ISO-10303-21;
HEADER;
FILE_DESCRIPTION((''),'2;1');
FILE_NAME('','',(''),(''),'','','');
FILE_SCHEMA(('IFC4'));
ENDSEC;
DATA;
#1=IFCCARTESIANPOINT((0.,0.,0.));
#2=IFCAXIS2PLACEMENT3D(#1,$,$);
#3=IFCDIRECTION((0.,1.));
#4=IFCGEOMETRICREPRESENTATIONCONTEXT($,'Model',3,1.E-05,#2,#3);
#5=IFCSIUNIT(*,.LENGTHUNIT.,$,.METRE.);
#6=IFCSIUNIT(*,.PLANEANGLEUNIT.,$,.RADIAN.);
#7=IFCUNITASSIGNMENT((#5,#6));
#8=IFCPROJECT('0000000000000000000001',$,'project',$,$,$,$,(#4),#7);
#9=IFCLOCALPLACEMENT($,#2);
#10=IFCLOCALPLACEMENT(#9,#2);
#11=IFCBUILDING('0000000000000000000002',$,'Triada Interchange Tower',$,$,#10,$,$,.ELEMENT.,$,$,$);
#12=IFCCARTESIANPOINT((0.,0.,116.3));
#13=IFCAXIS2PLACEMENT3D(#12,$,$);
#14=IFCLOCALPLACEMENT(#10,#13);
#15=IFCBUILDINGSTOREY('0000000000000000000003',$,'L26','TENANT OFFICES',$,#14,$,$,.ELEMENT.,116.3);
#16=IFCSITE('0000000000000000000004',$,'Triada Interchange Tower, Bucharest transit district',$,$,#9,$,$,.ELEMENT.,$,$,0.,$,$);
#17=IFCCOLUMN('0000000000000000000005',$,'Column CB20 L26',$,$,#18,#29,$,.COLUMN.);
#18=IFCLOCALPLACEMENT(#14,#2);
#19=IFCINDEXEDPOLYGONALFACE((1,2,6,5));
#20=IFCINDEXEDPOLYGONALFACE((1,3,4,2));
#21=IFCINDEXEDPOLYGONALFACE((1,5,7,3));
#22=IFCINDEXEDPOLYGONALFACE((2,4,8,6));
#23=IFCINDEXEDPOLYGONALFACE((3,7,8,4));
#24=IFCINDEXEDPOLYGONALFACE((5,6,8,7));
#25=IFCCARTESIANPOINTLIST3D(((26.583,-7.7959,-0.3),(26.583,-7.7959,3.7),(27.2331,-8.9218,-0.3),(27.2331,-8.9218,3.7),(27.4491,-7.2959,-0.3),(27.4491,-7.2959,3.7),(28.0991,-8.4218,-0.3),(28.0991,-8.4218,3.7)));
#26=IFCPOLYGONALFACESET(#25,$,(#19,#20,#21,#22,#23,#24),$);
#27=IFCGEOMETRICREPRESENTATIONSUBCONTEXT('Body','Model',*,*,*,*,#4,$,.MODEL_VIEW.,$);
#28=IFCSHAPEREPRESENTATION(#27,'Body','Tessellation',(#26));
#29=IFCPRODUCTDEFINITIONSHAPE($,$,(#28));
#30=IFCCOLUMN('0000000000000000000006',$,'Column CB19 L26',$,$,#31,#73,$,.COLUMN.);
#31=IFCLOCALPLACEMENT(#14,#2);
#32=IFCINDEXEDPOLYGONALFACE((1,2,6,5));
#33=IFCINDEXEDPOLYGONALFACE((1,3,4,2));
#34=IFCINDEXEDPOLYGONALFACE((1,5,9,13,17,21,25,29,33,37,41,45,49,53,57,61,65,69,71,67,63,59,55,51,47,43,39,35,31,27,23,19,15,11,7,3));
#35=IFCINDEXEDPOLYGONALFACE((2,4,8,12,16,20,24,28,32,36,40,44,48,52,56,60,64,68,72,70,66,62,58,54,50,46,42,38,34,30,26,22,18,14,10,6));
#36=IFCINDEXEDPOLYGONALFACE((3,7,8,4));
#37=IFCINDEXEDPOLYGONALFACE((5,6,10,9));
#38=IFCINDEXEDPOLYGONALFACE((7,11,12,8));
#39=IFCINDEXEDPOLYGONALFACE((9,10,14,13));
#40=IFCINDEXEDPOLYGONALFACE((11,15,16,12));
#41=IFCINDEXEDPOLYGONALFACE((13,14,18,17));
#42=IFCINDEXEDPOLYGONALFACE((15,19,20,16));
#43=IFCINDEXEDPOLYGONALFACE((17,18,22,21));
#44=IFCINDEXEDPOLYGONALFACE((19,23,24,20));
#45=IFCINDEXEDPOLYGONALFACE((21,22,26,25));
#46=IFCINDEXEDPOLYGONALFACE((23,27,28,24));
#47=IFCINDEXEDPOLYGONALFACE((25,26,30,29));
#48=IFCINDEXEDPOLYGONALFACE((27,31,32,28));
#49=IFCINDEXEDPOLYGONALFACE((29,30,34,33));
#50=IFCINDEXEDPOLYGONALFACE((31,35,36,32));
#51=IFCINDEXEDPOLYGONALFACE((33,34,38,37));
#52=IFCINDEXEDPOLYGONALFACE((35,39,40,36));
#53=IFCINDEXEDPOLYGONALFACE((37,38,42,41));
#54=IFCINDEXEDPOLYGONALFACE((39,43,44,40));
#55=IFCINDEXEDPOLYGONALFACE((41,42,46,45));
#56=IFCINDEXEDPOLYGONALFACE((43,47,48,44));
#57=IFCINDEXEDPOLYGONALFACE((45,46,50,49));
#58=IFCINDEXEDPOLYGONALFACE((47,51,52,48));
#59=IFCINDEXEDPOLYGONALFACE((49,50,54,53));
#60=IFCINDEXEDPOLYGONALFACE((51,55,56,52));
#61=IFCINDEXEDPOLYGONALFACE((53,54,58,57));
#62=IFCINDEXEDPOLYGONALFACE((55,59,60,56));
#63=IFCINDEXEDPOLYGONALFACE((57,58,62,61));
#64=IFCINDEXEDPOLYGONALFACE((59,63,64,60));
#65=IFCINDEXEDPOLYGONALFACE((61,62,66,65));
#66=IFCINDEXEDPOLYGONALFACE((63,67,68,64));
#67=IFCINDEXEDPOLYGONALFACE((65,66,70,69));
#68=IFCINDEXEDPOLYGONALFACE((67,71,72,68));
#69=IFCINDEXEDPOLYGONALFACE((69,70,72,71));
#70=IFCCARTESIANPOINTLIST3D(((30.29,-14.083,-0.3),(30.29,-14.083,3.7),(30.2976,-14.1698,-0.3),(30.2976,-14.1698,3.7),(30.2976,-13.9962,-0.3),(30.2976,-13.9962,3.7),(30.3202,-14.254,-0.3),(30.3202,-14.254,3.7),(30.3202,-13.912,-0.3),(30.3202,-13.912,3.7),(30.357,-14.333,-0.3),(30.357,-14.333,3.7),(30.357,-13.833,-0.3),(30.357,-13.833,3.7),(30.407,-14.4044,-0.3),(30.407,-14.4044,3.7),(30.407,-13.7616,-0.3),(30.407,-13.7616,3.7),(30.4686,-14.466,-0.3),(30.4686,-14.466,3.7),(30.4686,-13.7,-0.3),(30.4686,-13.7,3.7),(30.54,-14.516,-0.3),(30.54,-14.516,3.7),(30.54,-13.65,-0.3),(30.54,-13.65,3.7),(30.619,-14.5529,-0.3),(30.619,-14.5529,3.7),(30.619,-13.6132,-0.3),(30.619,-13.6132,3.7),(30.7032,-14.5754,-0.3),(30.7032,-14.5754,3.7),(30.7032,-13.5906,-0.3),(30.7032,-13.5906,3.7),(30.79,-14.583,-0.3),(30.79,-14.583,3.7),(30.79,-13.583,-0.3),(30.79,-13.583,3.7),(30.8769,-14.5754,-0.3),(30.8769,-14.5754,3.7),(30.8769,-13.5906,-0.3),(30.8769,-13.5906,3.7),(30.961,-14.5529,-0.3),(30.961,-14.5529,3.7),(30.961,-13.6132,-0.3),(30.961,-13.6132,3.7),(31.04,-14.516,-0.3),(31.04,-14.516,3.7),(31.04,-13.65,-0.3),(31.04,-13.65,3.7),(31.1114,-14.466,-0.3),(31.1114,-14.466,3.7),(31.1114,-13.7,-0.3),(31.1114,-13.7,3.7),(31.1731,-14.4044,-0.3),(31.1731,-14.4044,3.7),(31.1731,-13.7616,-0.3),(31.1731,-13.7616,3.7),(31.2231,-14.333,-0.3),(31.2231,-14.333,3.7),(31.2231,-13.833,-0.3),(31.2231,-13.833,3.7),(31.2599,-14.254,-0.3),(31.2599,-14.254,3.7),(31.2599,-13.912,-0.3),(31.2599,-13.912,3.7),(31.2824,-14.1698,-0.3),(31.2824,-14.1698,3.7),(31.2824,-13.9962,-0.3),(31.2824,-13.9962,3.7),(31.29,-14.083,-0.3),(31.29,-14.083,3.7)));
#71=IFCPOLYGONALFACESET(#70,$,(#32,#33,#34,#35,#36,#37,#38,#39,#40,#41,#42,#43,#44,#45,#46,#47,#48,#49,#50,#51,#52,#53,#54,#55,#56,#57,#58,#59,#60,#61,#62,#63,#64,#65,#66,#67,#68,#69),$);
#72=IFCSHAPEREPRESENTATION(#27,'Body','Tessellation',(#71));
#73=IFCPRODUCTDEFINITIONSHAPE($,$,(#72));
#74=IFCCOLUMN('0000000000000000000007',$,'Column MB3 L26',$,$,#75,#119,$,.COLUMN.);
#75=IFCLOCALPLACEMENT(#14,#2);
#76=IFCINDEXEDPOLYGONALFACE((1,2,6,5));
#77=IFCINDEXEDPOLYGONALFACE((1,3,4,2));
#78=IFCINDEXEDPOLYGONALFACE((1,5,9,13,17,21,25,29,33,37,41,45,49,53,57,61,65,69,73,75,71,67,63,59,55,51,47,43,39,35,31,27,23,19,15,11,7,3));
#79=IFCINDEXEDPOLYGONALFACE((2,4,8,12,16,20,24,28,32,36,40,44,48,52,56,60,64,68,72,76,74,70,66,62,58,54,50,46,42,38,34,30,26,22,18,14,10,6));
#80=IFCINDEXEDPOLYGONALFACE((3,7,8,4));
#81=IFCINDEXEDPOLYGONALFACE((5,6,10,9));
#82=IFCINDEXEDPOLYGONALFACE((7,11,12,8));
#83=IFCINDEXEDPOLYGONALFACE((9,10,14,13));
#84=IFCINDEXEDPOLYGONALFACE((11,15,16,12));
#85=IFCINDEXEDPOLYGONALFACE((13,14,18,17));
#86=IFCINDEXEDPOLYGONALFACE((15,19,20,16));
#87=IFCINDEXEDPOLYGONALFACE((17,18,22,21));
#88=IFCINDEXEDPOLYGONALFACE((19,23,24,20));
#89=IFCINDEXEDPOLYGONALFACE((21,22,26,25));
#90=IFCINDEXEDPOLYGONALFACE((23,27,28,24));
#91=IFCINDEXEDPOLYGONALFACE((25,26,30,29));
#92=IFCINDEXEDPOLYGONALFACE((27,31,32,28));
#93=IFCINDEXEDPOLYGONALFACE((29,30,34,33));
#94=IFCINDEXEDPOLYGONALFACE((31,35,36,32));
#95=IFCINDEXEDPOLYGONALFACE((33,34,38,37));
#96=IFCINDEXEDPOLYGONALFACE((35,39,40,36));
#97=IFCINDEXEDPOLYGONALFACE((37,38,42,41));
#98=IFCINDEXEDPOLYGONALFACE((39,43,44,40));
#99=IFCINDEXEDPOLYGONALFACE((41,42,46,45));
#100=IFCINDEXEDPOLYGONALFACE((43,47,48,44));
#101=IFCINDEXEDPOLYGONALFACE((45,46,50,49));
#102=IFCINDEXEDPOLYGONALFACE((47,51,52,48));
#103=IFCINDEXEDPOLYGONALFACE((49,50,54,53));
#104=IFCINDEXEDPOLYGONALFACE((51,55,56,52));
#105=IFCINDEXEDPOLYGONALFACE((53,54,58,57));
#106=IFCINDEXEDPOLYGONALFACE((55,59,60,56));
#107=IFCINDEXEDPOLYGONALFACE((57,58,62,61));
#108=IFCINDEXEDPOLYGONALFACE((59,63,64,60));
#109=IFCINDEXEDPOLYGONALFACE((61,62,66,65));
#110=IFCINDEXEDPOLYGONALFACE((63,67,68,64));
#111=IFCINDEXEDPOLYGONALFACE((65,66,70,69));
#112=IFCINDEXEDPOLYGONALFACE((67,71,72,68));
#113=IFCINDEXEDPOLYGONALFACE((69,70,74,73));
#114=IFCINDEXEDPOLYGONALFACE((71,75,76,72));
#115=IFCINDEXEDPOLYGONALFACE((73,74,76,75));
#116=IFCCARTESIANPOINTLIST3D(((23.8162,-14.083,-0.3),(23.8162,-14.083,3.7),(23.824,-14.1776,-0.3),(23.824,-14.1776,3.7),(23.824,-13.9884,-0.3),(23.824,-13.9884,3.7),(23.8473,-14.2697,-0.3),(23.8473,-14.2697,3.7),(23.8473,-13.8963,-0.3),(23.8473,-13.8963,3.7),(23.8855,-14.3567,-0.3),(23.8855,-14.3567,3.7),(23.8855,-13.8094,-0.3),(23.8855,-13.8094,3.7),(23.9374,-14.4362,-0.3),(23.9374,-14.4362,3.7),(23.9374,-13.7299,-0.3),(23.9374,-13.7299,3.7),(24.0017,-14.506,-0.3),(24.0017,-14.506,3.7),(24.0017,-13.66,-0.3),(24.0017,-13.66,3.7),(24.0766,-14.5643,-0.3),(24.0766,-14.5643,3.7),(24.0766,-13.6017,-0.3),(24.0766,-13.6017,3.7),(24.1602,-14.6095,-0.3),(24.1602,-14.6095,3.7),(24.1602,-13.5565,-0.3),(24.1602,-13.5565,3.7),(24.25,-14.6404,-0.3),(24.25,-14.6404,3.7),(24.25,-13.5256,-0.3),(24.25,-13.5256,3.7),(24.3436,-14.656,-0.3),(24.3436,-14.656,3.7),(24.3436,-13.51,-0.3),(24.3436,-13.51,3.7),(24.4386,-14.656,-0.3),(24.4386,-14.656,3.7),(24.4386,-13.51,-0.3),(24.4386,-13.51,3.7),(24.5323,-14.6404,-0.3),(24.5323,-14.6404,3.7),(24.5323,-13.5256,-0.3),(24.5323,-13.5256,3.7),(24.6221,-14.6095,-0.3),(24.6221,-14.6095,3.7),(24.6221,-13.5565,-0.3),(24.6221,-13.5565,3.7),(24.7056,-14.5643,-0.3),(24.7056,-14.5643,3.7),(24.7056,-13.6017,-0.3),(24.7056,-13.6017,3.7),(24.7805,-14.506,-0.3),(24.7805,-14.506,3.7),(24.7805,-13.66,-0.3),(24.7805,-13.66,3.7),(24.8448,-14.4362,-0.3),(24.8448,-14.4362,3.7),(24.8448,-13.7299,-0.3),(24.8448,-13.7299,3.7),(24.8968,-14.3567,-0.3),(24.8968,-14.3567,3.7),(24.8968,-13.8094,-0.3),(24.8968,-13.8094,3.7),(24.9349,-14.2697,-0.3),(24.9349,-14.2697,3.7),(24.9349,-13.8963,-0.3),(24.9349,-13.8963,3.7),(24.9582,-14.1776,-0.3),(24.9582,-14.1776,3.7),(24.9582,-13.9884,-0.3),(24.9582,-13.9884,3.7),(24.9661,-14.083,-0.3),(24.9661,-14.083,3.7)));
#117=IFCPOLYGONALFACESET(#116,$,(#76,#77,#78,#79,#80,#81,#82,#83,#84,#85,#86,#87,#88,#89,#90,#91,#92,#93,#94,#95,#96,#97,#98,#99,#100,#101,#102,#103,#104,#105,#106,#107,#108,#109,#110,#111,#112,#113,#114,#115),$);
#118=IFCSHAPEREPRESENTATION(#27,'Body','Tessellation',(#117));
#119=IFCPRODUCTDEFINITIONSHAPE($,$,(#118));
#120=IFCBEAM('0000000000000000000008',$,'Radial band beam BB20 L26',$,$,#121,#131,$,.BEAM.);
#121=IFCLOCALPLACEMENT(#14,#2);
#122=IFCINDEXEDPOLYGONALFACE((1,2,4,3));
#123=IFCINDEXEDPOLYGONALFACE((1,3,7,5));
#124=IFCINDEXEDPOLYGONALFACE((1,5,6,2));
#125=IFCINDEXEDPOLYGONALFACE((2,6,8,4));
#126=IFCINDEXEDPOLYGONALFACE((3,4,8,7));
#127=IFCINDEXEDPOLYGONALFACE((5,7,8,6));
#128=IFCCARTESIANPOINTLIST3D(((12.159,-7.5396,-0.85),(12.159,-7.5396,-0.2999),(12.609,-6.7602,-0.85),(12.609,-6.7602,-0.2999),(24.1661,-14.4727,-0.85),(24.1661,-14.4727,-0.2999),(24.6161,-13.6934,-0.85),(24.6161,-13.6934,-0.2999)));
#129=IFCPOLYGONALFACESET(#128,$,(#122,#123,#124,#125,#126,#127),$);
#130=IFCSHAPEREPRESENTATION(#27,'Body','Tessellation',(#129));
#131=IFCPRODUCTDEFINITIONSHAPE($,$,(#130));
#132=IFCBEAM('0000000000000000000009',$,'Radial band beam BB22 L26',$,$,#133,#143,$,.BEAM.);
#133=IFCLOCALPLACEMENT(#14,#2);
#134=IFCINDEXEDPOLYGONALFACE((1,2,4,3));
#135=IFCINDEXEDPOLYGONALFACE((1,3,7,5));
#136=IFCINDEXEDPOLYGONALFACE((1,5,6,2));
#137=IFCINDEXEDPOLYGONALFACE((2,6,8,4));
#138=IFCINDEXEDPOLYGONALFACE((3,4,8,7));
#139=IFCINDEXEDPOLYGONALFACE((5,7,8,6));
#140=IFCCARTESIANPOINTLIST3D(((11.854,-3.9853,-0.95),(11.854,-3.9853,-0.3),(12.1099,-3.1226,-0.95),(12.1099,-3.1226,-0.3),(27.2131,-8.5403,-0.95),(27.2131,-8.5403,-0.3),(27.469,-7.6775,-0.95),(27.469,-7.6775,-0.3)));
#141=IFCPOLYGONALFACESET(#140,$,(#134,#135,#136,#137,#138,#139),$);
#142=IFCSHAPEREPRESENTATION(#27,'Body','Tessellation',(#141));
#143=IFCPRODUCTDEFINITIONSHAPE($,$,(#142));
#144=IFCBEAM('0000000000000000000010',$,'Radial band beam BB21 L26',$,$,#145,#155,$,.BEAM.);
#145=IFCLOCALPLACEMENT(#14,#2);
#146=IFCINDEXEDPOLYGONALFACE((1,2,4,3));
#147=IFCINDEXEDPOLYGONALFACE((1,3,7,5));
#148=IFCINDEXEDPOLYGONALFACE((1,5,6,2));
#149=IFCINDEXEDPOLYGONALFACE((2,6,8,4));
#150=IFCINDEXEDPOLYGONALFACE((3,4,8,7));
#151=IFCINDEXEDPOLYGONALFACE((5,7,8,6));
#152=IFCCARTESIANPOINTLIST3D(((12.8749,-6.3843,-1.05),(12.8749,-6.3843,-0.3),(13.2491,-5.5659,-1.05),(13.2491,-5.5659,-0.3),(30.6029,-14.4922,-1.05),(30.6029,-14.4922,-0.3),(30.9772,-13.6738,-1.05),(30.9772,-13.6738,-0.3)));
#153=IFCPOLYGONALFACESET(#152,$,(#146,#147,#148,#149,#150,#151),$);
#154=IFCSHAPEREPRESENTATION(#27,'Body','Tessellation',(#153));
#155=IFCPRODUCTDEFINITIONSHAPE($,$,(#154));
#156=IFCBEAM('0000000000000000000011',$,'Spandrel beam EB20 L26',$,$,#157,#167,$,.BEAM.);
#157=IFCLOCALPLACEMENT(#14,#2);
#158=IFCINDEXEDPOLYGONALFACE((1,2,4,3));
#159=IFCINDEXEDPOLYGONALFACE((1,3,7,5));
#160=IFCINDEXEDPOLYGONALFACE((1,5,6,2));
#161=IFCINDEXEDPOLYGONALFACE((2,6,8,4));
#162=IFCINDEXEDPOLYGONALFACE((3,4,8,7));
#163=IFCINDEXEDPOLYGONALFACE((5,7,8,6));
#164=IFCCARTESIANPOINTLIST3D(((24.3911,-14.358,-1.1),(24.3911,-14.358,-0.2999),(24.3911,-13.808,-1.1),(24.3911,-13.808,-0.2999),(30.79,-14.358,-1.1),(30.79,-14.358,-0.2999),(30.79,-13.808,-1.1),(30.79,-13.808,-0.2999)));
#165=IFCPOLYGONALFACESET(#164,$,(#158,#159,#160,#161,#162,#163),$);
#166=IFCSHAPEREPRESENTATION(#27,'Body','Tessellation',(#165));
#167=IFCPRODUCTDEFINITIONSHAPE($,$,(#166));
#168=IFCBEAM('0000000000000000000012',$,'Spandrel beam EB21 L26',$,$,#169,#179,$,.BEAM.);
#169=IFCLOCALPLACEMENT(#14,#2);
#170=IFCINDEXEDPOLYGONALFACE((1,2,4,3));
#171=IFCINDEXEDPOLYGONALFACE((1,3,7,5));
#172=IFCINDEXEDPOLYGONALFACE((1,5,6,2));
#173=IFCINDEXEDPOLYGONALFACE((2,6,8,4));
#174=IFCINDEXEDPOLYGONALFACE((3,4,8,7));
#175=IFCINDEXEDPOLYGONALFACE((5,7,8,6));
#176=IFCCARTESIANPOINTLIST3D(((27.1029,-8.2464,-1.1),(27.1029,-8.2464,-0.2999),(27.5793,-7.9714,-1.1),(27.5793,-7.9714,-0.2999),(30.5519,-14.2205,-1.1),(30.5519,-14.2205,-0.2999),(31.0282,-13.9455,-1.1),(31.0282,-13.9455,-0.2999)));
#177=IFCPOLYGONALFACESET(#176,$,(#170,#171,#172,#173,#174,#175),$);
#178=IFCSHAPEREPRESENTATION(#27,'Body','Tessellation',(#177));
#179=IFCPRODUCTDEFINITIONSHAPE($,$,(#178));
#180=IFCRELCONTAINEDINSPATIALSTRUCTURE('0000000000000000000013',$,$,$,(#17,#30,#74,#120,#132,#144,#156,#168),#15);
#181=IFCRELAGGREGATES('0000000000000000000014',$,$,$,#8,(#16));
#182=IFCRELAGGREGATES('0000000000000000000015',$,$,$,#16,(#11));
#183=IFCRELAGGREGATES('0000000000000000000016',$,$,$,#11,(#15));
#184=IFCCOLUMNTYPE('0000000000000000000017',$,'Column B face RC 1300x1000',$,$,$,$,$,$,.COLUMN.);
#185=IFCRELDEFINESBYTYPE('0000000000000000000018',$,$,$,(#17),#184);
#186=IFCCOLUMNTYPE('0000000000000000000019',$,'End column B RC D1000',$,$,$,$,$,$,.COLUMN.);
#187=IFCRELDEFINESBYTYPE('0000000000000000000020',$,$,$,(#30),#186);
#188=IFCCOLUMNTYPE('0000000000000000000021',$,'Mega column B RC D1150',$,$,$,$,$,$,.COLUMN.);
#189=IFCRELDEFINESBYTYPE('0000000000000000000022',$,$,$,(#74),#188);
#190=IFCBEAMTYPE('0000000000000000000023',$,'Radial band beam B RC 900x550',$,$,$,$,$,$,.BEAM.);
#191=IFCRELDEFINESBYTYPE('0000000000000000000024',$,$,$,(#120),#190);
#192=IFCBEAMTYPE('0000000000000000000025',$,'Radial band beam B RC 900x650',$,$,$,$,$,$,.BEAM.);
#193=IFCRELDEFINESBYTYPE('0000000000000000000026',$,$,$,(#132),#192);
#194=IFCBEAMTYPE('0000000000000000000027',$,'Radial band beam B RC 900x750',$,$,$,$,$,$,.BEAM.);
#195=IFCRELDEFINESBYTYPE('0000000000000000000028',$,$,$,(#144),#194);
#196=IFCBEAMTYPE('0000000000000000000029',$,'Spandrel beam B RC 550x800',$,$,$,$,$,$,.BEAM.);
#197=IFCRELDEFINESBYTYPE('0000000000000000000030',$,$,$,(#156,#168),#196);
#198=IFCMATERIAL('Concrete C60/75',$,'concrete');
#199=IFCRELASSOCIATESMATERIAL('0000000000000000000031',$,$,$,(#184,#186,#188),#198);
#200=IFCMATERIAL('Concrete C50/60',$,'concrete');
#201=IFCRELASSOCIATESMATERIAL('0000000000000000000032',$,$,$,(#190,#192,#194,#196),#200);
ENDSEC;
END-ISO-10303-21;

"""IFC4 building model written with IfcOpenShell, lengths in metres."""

from ifc_helpers import new_model, si_unit, direction, frame, origin, origin_2d, place, context, subcontext, project, spatial, rectangle, circle, extrude, material, material_profile, profile_set, type_object, element, save


model = new_model("IFC4")

# Units and contexts
model_context = context("Model", 3, precision=1e-05, world=origin(), true_north=direction((0.0, 1.0)))
body_context = subcontext(model_context, "Body", "Model", "MODEL_VIEW")
ifc_project = project(units=[si_unit("LENGTHUNIT", "METRE"), si_unit("PLANEANGLEUNIT", "RADIAN")], contexts=[model_context])

# Site, building, storey
site_placement = place(None, origin())
site = spatial("IfcSite", under=ifc_project, at=site_placement, Name="Triada Interchange Tower, Bucharest transit district", CompositionType="ELEMENT", RefElevation=0.0)
building_placement = place(site_placement, origin())
building = spatial("IfcBuilding", under=site, at=building_placement, Name="Triada Interchange Tower", CompositionType="ELEMENT")
storey_placement = place(building_placement, frame((0.0, 0.0, 116.3)))
storey = spatial("IfcBuildingStorey", under=building, at=storey_placement, Name="L26", Description="TENANT OFFICES", CompositionType="ELEMENT", Elevation=116.3)

# Columns
ifc_material_1 = material(Name="Concrete C60/75", Category="concrete")
ifc_material_profile_1 = material_profile(ifc_material_1, rectangle(XDim=1.3, YDim=1.0, at=origin_2d()), Name="RC 1300x1000")
ifc_profile_set_1 = profile_set([ifc_material_profile_1], Name="Concrete C60/75")
column_type_1 = type_object("IfcColumnType", Name="Column B face RC 1300x1000", PredefinedType="COLUMN", material=ifc_profile_set_1)
column_1_placement = place(storey_placement, frame((27.3411, -8.1089, -0.3), z_axis=(0.0, 0.0, 1.0), x_axis=(-0.5, 0.866025, 0.0)))
element("IfcColumn", 1, at=column_1_placement, inside=storey, type_object=column_type_1, Name="Column CB20 L26", PredefinedType="COLUMN", context=body_context, shape_type="SweptSolid", body=[
    extrude(rectangle(XDim=1.3, YDim=1.0, at=origin_2d()), origin(), (0.0, 0.0, 1.0), 4.0),
])
ifc_material_profile_2 = material_profile(ifc_material_1, circle(Radius=0.5, at=origin_2d()), Name="RC D1000")
ifc_profile_set_2 = profile_set([ifc_material_profile_2], Name="Concrete C60/75")
column_type_2 = type_object("IfcColumnType", Name="End column B RC D1000", PredefinedType="COLUMN", material=ifc_profile_set_2)
column_2_placement = place(storey_placement, frame((30.79, -14.083, -0.3), z_axis=(0.0, 0.0, 1.0), x_axis=(-0.5, 0.866025, 0.0)))
element("IfcColumn", 2, at=column_2_placement, inside=storey, type_object=column_type_2, Name="Column CB19 L26", PredefinedType="COLUMN", context=body_context, shape_type="SweptSolid", body=[
    extrude(circle(Radius=0.5, at=origin_2d()), origin(), (0.0, 0.0, 1.0), 4.0),
])
ifc_material_profile_3 = material_profile(ifc_material_1, circle(Radius=0.575, at=origin_2d()), Name="RC D1150")
ifc_profile_set_3 = profile_set([ifc_material_profile_3], Name="Concrete C60/75")
column_type_3 = type_object("IfcColumnType", Name="Mega column B RC D1150", PredefinedType="COLUMN", material=ifc_profile_set_3)
column_3_placement = place(storey_placement, frame((24.3911, -14.083, -0.3), z_axis=(0.0, 0.0, 1.0), x_axis=(1.0, 0.0, 0.0)))
element("IfcColumn", 3, at=column_3_placement, inside=storey, type_object=column_type_3, Name="Column MB3 L26", PredefinedType="COLUMN", context=body_context, shape_type="SweptSolid", body=[
    extrude(circle(Radius=0.575, at=origin_2d()), origin(), (0.0, 0.0, 1.0), 4.0),
])

# Beams
ifc_material_2 = material(Name="Concrete C50/60", Category="concrete")
ifc_material_profile_4 = material_profile(ifc_material_2, rectangle(XDim=0.8999, YDim=0.55, at=origin_2d()), Name="RC 900x550")
ifc_profile_set_4 = profile_set([ifc_material_profile_4], Name="Concrete C50/60")
beam_type_1 = type_object("IfcBeamType", Name="Radial band beam B RC 900x550", PredefinedType="BEAM", material=ifc_profile_set_4)
beam_1_placement = place(storey_placement, frame((24.3911, -14.083, -0.575), z_axis=(-0.866, 0.500044, 0.0), x_axis=(-0.500044, -0.866, 0.0)))
element("IfcBeam", 4, at=beam_1_placement, inside=storey, type_object=beam_type_1, Name="Radial band beam BB20 L26", PredefinedType="BEAM", context=body_context, shape_type="SweptSolid", body=[
    extrude(rectangle(XDim=0.8999, YDim=0.55, at=origin_2d()), origin(), (0.0, 0.0, 1.0), 13.865),
])
ifc_material_profile_5 = material_profile(ifc_material_2, rectangle(XDim=0.8999, YDim=0.6499, at=origin_2d()), Name="RC 900x650")
ifc_profile_set_5 = profile_set([ifc_material_profile_5], Name="Concrete C50/60")
beam_type_2 = type_object("IfcBeamType", Name="Radial band beam B RC 900x650", PredefinedType="BEAM", material=ifc_profile_set_5)
beam_2_placement = place(storey_placement, frame((27.3411, -8.1089, -0.625), z_axis=(-0.958729, 0.284322, 0.0), x_axis=(-0.284322, -0.958729, 0.0)))
element("IfcBeam", 5, at=beam_2_placement, inside=storey, type_object=beam_type_2, Name="Radial band beam BB22 L26", PredefinedType="BEAM", context=body_context, shape_type="SweptSolid", body=[
    extrude(rectangle(XDim=0.8999, YDim=0.6499, at=origin_2d()), origin(), (0.0, 0.0, 1.0), 16.0203),
])
ifc_material_profile_6 = material_profile(ifc_material_2, rectangle(XDim=0.8999, YDim=0.75, at=origin_2d()), Name="RC 900x750")
ifc_profile_set_6 = profile_set([ifc_material_profile_6], Name="Concrete C50/60")
beam_type_3 = type_object("IfcBeamType", Name="Radial band beam B RC 900x750", PredefinedType="BEAM", material=ifc_profile_set_6)
beam_3_placement = place(storey_placement, frame((30.79, -14.083, -0.675), z_axis=(-0.909403, 0.415915, 0.0), x_axis=(-0.415915, -0.909403, 0.0)))
element("IfcBeam", 6, at=beam_3_placement, inside=storey, type_object=beam_type_3, Name="Radial band beam BB21 L26", PredefinedType="BEAM", context=body_context, shape_type="SweptSolid", body=[
    extrude(rectangle(XDim=0.8999, YDim=0.75, at=origin_2d()), origin(), (0.0, 0.0, 1.0), 19.4941),
])
ifc_material_profile_7 = material_profile(ifc_material_2, rectangle(XDim=0.55, YDim=0.8, at=origin_2d()), Name="RC 550x800")
ifc_profile_set_7 = profile_set([ifc_material_profile_7], Name="Concrete C50/60")
beam_type_4 = type_object("IfcBeamType", Name="Spandrel beam B RC 550x800", PredefinedType="BEAM", material=ifc_profile_set_7)
beam_4_placement = place(storey_placement, frame((24.3911, -14.083, -0.7), z_axis=(1.0, 0.0, 0.0), x_axis=(0.0, 1.0, 0.0)))
element("IfcBeam", 7, at=beam_4_placement, inside=storey, type_object=beam_type_4, Name="Spandrel beam EB20 L26", PredefinedType="BEAM", context=body_context, shape_type="SweptSolid", body=[
    extrude(rectangle(XDim=0.55, YDim=0.8, at=origin_2d()), origin(), (0.0, 0.0, 1.0), 6.3989),
])
beam_5_placement = place(storey_placement, frame((30.79, -14.083, -0.7), z_axis=(-0.49998, 0.866037, 0.0), x_axis=(-0.866037, -0.49998, 0.0)))
element("IfcBeam", 8, at=beam_5_placement, inside=storey, type_object=beam_type_4, Name="Spandrel beam EB21 L26", PredefinedType="BEAM", context=body_context, shape_type="SweptSolid", body=[
    extrude(rectangle(XDim=0.55, YDim=0.8, at=origin_2d()), origin(), (0.0, 0.0, 1.0), 6.8982),
])

save(model, "model.ifc")
